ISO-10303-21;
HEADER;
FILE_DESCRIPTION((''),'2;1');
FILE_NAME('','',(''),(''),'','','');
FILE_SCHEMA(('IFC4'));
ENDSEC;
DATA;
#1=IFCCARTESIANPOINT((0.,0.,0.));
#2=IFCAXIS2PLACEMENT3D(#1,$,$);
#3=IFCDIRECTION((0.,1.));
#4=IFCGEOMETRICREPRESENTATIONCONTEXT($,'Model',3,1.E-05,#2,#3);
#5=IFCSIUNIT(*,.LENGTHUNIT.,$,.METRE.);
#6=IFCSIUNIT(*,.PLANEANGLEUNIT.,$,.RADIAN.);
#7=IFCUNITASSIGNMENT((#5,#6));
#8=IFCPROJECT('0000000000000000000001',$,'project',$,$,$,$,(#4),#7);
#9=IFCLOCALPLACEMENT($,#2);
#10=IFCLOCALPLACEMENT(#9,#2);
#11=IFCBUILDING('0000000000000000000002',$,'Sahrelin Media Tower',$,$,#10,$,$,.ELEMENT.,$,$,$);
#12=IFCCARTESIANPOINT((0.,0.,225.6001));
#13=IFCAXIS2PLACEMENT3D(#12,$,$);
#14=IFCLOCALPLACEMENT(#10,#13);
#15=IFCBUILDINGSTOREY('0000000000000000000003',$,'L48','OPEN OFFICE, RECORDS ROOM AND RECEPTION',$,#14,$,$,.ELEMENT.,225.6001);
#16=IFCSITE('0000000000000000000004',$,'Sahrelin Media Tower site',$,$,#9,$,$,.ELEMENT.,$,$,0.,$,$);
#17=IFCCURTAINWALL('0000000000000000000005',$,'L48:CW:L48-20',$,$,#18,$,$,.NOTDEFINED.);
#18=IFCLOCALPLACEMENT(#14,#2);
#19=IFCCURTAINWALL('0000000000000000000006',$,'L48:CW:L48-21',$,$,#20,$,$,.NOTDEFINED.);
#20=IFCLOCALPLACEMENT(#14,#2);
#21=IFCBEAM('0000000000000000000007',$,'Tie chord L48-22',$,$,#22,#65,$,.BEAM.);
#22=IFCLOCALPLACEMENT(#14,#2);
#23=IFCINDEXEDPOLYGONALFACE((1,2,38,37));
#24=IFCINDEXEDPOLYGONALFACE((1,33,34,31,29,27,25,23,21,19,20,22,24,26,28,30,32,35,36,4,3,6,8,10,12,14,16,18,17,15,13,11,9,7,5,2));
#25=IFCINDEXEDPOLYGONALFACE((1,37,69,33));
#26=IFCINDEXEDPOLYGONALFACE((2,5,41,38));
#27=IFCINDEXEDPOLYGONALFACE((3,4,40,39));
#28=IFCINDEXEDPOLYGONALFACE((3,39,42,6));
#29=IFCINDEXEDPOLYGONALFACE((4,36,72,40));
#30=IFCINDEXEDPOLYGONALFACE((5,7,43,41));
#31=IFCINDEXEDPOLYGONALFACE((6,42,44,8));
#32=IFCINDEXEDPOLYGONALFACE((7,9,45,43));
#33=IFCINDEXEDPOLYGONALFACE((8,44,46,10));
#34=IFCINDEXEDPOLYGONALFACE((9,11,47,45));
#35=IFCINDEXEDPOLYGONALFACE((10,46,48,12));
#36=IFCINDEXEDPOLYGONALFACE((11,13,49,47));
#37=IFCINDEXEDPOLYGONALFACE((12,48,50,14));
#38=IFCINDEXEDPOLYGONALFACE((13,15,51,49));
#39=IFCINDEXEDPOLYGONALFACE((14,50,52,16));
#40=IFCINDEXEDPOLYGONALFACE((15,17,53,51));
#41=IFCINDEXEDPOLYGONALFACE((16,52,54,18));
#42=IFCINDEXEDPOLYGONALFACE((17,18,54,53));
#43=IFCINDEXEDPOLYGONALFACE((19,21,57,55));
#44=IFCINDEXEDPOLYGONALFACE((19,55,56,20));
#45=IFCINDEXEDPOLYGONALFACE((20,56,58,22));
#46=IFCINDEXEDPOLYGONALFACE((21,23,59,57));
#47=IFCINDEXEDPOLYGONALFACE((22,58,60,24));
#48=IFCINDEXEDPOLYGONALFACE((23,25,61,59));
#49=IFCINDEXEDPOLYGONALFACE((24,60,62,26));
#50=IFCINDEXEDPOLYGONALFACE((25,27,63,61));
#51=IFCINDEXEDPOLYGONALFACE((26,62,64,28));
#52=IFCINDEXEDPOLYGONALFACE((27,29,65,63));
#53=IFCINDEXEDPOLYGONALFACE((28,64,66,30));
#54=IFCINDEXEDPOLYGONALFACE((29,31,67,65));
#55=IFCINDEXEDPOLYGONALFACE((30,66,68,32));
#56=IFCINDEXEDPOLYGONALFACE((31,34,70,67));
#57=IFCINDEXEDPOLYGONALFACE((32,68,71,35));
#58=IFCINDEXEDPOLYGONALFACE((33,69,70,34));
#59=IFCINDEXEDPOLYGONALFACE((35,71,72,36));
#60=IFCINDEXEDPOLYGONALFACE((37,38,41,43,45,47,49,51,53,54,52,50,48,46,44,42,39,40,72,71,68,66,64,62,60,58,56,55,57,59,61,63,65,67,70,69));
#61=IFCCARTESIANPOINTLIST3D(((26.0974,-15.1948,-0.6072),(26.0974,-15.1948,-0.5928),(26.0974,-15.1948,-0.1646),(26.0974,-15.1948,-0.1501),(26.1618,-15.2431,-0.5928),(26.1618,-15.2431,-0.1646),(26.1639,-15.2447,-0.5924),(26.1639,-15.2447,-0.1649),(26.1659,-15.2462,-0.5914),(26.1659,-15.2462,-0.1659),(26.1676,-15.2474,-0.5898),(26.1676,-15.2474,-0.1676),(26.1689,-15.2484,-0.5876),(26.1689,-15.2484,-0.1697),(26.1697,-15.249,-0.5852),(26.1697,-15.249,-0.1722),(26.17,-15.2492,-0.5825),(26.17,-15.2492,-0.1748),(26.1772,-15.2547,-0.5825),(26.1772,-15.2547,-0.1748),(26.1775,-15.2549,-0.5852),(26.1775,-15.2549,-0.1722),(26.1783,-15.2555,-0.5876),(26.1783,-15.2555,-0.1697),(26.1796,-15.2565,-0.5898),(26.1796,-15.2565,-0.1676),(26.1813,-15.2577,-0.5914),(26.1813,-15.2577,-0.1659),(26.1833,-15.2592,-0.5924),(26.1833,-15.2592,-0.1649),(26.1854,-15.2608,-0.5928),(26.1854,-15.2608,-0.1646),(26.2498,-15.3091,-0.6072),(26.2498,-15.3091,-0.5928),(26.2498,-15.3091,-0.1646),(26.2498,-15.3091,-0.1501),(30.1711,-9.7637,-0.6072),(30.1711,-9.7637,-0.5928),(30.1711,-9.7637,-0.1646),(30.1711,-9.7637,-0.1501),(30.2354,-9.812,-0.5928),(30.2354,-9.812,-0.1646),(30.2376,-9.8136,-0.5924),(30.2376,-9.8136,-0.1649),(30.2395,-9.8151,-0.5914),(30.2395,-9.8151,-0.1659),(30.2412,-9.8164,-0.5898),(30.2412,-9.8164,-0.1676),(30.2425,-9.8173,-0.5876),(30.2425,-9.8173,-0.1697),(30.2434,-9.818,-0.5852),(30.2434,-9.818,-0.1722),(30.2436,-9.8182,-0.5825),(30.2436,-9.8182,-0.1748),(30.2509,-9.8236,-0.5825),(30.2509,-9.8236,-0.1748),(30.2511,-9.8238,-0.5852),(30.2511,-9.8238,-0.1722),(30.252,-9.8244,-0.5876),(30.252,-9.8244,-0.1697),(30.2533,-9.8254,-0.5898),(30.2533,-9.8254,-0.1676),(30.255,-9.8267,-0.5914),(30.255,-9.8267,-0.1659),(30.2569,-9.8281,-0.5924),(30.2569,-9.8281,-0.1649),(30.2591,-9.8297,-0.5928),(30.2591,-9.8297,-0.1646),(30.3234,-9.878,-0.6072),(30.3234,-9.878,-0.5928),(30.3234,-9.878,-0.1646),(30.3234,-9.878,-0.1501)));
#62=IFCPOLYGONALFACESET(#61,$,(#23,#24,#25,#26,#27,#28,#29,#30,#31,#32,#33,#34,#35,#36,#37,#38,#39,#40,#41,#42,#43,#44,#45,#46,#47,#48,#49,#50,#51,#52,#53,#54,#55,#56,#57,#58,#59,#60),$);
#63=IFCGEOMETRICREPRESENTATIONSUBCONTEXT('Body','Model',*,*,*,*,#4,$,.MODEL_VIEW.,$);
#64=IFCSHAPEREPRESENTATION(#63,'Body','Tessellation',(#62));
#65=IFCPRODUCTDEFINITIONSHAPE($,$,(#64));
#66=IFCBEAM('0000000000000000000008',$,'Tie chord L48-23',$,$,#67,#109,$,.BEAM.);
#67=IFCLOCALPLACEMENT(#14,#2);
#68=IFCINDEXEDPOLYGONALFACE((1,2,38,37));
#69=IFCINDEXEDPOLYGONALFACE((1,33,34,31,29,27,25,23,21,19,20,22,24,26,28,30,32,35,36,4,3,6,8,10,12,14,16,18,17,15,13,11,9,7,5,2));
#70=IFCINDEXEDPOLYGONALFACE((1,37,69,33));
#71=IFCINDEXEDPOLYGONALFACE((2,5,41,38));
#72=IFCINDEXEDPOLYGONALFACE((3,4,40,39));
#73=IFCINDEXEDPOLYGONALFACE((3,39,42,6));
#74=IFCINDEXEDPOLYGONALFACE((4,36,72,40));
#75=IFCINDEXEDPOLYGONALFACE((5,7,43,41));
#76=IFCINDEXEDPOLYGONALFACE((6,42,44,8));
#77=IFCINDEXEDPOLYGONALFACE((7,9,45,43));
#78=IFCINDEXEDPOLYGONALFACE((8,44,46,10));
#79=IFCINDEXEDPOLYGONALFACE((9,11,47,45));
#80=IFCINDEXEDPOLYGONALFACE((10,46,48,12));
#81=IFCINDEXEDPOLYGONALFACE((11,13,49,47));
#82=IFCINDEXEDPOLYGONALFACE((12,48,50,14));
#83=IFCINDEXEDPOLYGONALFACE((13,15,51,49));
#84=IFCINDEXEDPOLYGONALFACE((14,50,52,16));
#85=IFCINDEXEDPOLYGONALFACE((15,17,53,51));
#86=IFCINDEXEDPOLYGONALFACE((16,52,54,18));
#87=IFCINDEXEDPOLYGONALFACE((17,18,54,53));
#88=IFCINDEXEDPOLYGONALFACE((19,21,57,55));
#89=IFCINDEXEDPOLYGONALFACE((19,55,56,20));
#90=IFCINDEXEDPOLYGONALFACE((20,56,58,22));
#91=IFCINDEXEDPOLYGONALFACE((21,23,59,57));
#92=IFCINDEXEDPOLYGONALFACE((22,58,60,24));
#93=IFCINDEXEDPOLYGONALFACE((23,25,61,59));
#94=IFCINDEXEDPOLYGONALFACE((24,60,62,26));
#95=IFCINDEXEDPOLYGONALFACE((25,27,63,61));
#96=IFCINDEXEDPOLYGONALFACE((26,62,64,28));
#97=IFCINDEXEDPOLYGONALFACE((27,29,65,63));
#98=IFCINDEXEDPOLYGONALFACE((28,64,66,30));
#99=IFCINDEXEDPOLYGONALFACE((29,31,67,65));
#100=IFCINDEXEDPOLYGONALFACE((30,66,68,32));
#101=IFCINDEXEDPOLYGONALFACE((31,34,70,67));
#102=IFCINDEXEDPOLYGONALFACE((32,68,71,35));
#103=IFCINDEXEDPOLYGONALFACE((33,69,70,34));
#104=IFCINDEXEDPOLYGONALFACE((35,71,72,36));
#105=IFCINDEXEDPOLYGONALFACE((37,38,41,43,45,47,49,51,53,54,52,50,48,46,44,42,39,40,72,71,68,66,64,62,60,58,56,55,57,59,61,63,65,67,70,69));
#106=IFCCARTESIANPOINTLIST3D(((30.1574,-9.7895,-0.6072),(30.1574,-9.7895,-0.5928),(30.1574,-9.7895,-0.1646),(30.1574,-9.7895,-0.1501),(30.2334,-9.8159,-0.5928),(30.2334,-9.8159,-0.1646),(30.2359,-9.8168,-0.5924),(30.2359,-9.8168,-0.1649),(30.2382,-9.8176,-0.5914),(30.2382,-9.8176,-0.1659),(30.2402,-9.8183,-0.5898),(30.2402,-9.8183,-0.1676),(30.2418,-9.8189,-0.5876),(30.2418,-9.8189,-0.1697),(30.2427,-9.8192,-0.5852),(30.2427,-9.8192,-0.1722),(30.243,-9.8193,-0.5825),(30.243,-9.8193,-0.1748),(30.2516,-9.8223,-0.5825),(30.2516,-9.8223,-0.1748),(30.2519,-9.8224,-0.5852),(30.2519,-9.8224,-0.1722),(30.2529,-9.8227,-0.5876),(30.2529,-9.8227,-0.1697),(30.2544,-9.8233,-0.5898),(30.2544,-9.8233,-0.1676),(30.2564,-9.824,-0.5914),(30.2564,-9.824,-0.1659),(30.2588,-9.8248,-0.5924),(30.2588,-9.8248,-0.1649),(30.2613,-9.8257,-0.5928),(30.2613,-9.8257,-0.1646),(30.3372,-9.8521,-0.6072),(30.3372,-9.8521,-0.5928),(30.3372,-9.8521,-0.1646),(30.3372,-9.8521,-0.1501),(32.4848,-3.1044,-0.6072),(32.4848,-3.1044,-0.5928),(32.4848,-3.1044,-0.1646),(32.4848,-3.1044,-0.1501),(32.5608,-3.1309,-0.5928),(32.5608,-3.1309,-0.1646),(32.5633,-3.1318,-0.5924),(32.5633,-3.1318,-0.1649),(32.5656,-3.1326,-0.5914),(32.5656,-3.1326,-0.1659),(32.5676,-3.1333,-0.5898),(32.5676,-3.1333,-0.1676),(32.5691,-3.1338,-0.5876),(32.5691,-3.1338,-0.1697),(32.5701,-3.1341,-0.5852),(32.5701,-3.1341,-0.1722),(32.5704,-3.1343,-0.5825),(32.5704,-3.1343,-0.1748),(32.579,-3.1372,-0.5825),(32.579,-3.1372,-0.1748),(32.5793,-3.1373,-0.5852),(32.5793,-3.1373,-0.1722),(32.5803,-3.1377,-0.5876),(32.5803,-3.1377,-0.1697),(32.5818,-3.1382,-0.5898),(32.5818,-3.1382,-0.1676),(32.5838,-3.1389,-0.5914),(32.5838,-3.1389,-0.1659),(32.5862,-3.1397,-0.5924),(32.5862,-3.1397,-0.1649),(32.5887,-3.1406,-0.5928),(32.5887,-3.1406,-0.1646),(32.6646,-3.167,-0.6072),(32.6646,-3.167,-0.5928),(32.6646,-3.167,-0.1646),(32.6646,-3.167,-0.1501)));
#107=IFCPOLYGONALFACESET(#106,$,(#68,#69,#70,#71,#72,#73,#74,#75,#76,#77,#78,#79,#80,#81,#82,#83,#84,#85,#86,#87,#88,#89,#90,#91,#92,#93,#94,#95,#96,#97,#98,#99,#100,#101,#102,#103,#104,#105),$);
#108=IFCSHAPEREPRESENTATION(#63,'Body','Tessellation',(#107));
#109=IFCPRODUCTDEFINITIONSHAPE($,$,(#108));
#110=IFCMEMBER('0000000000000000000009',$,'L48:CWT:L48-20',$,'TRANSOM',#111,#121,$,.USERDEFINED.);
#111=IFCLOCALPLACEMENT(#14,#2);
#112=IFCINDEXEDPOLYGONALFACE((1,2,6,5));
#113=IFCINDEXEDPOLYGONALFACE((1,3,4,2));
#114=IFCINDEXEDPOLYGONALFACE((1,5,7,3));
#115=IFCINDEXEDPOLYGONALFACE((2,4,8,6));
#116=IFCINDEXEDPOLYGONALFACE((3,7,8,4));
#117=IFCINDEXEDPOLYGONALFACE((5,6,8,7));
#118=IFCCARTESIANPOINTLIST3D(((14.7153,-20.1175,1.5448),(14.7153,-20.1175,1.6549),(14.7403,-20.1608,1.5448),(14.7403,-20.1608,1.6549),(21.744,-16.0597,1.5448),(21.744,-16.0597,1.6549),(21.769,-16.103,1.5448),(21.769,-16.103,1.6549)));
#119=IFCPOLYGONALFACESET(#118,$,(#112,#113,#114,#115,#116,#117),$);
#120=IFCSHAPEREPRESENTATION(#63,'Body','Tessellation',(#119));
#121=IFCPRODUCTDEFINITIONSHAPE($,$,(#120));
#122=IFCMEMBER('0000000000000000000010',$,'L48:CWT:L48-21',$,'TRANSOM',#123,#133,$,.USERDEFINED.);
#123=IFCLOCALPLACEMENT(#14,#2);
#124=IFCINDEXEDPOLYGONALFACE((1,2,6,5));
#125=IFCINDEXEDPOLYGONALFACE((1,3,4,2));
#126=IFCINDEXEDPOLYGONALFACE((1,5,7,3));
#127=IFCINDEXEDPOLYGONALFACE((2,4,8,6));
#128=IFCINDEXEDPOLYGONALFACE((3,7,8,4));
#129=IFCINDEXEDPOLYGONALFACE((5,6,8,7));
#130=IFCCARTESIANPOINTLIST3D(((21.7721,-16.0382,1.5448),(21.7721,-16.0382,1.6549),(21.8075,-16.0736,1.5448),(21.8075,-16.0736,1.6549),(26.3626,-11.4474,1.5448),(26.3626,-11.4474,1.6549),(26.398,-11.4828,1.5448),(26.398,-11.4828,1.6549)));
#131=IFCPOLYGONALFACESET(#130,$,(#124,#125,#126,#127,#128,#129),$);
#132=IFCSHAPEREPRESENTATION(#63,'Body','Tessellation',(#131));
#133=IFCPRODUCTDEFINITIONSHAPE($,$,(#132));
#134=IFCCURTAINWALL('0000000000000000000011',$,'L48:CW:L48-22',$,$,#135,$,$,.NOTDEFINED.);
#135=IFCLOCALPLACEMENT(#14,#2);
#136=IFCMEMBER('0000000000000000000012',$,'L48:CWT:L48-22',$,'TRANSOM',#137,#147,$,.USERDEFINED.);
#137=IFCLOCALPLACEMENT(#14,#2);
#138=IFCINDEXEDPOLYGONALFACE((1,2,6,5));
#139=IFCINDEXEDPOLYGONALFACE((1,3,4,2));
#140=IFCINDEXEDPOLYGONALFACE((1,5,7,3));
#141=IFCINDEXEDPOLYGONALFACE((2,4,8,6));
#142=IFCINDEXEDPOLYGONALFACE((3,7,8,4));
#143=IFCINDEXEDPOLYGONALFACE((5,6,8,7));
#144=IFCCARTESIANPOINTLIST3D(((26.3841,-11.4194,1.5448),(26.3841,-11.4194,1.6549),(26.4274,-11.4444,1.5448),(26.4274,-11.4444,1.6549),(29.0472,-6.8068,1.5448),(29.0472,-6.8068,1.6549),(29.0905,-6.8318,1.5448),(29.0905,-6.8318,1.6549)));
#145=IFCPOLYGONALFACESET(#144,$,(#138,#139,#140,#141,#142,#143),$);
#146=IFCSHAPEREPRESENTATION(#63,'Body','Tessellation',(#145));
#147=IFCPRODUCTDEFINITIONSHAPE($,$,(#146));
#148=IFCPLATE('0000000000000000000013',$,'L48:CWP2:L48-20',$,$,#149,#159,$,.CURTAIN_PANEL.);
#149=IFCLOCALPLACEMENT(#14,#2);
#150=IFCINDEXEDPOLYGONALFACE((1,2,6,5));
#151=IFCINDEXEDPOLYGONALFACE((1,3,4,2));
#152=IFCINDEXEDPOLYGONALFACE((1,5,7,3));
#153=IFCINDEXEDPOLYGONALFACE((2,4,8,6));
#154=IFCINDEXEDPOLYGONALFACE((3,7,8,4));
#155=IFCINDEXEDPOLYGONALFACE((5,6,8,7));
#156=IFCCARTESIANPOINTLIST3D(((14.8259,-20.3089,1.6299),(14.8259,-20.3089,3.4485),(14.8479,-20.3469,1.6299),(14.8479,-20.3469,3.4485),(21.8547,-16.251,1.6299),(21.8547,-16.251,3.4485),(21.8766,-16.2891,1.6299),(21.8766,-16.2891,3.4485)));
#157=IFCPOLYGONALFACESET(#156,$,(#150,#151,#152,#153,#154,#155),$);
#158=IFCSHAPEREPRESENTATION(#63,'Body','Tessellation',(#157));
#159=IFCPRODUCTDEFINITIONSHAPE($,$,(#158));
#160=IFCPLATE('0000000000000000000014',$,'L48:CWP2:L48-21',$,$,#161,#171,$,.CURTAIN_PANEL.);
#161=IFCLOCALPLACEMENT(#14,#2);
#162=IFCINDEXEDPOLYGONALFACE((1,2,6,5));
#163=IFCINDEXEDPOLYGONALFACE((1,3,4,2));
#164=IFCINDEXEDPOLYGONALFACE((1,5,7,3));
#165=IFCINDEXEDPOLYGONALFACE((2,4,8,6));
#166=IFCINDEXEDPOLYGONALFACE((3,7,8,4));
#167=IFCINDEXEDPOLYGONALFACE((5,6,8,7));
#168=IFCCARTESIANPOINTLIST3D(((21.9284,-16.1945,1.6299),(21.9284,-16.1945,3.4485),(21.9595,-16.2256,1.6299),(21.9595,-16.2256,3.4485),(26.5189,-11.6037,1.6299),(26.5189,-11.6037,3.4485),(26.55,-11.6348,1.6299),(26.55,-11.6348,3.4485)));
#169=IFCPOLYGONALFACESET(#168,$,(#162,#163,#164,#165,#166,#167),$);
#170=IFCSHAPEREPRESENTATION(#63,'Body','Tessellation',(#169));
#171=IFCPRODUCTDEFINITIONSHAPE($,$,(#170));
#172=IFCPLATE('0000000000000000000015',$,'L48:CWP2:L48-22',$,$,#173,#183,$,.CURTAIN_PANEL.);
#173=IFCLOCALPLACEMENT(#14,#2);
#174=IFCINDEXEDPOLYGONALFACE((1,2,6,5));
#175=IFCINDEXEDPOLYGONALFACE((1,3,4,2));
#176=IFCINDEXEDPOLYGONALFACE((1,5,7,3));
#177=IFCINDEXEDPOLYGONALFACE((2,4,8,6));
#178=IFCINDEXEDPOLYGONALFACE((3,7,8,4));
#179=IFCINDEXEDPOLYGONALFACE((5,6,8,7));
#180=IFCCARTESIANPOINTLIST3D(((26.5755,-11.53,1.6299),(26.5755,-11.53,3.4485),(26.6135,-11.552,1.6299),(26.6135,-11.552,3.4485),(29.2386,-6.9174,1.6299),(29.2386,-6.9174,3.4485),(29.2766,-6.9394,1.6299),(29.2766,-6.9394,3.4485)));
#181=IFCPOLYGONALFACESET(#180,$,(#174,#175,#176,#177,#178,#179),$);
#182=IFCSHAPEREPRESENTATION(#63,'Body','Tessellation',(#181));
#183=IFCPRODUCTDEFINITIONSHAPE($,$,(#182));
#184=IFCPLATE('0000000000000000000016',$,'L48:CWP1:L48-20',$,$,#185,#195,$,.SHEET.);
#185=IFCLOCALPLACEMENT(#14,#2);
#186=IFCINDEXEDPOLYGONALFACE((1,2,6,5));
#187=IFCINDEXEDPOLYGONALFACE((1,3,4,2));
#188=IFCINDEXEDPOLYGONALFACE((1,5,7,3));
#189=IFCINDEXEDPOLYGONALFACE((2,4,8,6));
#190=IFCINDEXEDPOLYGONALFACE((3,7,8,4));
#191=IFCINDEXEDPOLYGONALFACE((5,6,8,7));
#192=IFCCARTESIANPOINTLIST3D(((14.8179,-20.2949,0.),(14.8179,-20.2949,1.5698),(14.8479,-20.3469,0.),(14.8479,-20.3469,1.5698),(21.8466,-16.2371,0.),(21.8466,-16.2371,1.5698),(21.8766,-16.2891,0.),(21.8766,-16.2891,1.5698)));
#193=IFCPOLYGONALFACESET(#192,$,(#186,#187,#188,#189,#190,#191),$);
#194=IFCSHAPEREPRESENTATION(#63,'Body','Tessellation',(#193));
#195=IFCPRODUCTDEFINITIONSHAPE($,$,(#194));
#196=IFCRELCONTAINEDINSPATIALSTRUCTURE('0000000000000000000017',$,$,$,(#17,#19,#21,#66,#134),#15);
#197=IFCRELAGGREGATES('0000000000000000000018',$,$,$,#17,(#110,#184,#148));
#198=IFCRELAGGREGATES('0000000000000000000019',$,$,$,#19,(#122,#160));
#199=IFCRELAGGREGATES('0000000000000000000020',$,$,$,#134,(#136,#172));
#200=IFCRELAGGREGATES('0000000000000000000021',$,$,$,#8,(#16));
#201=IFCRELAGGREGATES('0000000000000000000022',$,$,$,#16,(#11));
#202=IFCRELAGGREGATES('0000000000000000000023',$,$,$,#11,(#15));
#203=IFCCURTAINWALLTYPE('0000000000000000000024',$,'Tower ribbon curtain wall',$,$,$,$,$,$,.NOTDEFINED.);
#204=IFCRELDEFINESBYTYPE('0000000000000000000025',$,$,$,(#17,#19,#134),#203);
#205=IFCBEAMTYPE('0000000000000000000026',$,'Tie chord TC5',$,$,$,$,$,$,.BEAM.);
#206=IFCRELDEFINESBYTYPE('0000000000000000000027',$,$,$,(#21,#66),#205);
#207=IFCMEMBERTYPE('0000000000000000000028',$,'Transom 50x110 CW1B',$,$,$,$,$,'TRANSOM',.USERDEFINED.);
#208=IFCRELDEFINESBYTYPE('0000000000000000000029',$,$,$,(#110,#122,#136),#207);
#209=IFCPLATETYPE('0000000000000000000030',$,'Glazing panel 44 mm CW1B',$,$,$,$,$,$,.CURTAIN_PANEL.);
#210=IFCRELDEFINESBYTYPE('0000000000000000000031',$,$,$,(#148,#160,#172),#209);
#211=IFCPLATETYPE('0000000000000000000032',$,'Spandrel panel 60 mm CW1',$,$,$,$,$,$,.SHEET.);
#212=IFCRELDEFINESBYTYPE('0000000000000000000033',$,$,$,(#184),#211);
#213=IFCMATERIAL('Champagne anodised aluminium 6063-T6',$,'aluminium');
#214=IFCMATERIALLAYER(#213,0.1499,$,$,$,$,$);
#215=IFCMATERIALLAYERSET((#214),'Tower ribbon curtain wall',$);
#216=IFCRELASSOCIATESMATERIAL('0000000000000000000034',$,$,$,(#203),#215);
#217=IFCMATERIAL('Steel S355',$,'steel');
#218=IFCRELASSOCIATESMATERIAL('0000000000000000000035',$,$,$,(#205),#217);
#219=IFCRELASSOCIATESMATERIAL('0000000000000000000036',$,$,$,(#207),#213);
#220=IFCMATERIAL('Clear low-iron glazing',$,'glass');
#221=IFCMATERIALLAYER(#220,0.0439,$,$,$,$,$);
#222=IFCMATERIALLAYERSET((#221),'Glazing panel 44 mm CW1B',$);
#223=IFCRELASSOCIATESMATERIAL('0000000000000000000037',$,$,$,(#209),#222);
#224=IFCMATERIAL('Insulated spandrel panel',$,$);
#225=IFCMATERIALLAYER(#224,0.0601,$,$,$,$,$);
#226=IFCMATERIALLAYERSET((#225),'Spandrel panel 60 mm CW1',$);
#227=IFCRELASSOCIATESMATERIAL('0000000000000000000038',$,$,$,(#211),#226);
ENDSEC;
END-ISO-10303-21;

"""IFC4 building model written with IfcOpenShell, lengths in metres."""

from ifc_helpers import new_model, si_unit, direction, frame, origin, origin_2d, place, context, subcontext, project, spatial, polyline, rectangle, i_section, outline, extrude, material, layer, layer_set, material_profile, profile_set, type_object, element, aggregate, save


model = new_model("IFC4")

# Units and contexts
model_context = context("Model", 3, precision=1e-05, world=origin(), true_north=direction((0.0, 1.0)))
body_context = subcontext(model_context, "Body", "Model", "MODEL_VIEW")
ifc_project = project(units=[si_unit("LENGTHUNIT", "METRE"), si_unit("PLANEANGLEUNIT", "RADIAN")], contexts=[model_context])

# Site, building, storey
site_placement = place(None, origin())
site = spatial("IfcSite", under=ifc_project, at=site_placement, Name="Sahrelin Media Tower site", CompositionType="ELEMENT", RefElevation=0.0)
building_placement = place(site_placement, origin())
building = spatial("IfcBuilding", under=site, at=building_placement, Name="Sahrelin Media Tower", CompositionType="ELEMENT")
storey_placement = place(building_placement, frame((0.0, 0.0, 225.6001)))
storey = spatial("IfcBuildingStorey", under=building, at=storey_placement, Name="L48", Description="OPEN OFFICE, RECORDS ROOM AND RECEPTION", CompositionType="ELEMENT", Elevation=225.6001)

# Shared definitions
ifc_material_1 = material(Name="Steel S355", Category="steel")

# Curtain walls
ifc_material_2 = material(Name="Champagne anodised aluminium 6063-T6", Category="aluminium")
ifc_layer_1 = layer(ifc_material_2, 0.1499)
ifc_layer_set_1 = layer_set([ifc_layer_1], Name="Tower ribbon curtain wall")
curtain_wall_type = type_object("IfcCurtainWallType", Name="Tower ribbon curtain wall", PredefinedType="NOTDEFINED", material=ifc_layer_set_1)
curtain_wall_1_placement = place(storey_placement, frame((18.3523, -18.3008, 0.0), z_axis=(0.0, 0.0, 1.0), x_axis=(1.0, 0.0, 0.0)))
curtain_wall_1 = element("IfcCurtainWall", 1, at=curtain_wall_1_placement, inside=storey, type_object=curtain_wall_type, Name="L48:CW:L48-20", PredefinedType="NOTDEFINED")
curtain_wall_2_placement = place(storey_placement, frame((24.2405, -13.916, 0.0), z_axis=(0.0, 0.0, 1.0), x_axis=(1.0, 0.0, 0.0)))
curtain_wall_2 = element("IfcCurtainWall", 2, at=curtain_wall_2_placement, inside=storey, type_object=curtain_wall_type, Name="L48:CW:L48-21", PredefinedType="NOTDEFINED")

# Beams
ifc_material_profile_1 = material_profile(ifc_material_1, i_section(OverallWidth=0.1904, OverallDepth=0.457, WebThickness=0.009, FlangeThickness=0.0144, FilletRadius=0.0103, at=origin_2d()), Name="UB 457x191x74")
ifc_profile_set_1 = profile_set([ifc_material_profile_1], Name="Steel S355")
beam_type_1 = type_object("IfcBeamType", Name="Tie chord TC5", PredefinedType="BEAM", material=ifc_profile_set_1)
beam_1_placement = place(storey_placement, frame((26.1736, -15.252, -0.3787), z_axis=(0.600035, 0.799974, 0.0), x_axis=(-0.799974, 0.600035, 0.0)))
element("IfcBeam", 3, at=beam_1_placement, inside=storey, type_object=beam_type_1, Name="Tie chord L48-22", PredefinedType="BEAM", context=body_context, shape_type="SweptSolid", body=[
    extrude(i_section(OverallWidth=0.1904, OverallDepth=0.457, WebThickness=0.009, FlangeThickness=0.0144, FilletRadius=0.0103, at=origin_2d()), origin(), (0.0, 0.0, 1.0), 6.7891),
])
beam_2_placement = place(storey_placement, frame((30.2473, -9.8208, -0.3787), z_axis=(0.328792, 0.944402, 0.0), x_axis=(-0.944402, 0.328792, 0.0)))
element("IfcBeam", 4, at=beam_2_placement, inside=storey, type_object=beam_type_1, Name="Tie chord L48-23", PredefinedType="BEAM", context=body_context, shape_type="SweptSolid", body=[
    extrude(i_section(OverallWidth=0.1904, OverallDepth=0.457, WebThickness=0.009, FlangeThickness=0.0144, FilletRadius=0.0103, at=origin_2d()), origin(), (0.0, 0.0, 1.0), 7.0786),
])

# Members
ifc_material_profile_2 = material_profile(ifc_material_2, rectangle(XDim=0.05, YDim=0.1101, at=origin_2d()), Name="Transom 50x110")
ifc_profile_set_2 = profile_set([ifc_material_profile_2], Name="Champagne anodised aluminium 6063-T6")
member_type_1 = type_object("IfcMemberType", Name="Transom 50x110 CW1B", ElementType="TRANSOM", PredefinedType="USERDEFINED", material=ifc_profile_set_2)
member_1_placement = place(storey_placement, frame((14.7278, -20.1392, 1.5999), z_axis=(0.866037, 0.499979, 0.0), x_axis=(-0.499979, 0.866037, 0.0)))
member_1 = element("IfcMember", 5, at=member_1_placement, type_object=member_type_1, Name="L48:CWT:L48-20", ObjectType="TRANSOM", PredefinedType="USERDEFINED", context=body_context, shape_type="SweptSolid", body=[
    extrude(rectangle(XDim=0.05, YDim=0.1101, at=origin_2d()), origin(), (0.0, 0.0, 1.0), 8.116),
])
member_2_placement = place(storey_placement, frame((21.7898, -16.0559, 1.5999), z_axis=(0.707088, 0.707126, 0.0), x_axis=(-0.707126, 0.707088, 0.0)))
member_2 = element("IfcMember", 6, at=member_2_placement, type_object=member_type_1, Name="L48:CWT:L48-21", ObjectType="TRANSOM", PredefinedType="USERDEFINED", context=body_context, shape_type="SweptSolid", body=[
    extrude(rectangle(XDim=0.05, YDim=0.1101, at=origin_2d()), origin(), (0.0, 0.0, 1.0), 6.4922),
])

# Curtain wall, member
curtain_wall_3_placement = place(storey_placement, frame((27.9277, -9.2356, 0.0), z_axis=(0.0, 0.0, 1.0), x_axis=(1.0, 0.0, 0.0)))
curtain_wall_3 = element("IfcCurtainWall", 7, at=curtain_wall_3_placement, inside=storey, type_object=curtain_wall_type, Name="L48:CW:L48-22", PredefinedType="NOTDEFINED")
member_3_placement = place(storey_placement, frame((26.4058, -11.4319, 1.5999), z_axis=(0.500004, 0.866023, 0.0), x_axis=(-0.866023, 0.500004, 0.0)))
member_3 = element("IfcMember", 8, at=member_3_placement, type_object=member_type_1, Name="L48:CWT:L48-22", ObjectType="TRANSOM", PredefinedType="USERDEFINED", context=body_context, shape_type="SweptSolid", body=[
    extrude(rectangle(XDim=0.05, YDim=0.1101, at=origin_2d()), origin(), (0.0, 0.0, 1.0), 5.3262),
])

# Plates
ifc_material_3 = material(Name="Clear low-iron glazing", Category="glass")
ifc_layer_2 = layer(ifc_material_3, 0.0439)
ifc_layer_set_2 = layer_set([ifc_layer_2], Name="Glazing panel 44 mm CW1B")
plate_type_1 = type_object("IfcPlateType", Name="Glazing panel 44 mm CW1B", PredefinedType="CURTAIN_PANEL", material=ifc_layer_set_2)
plate_1_placement = place(storey_placement, frame((14.8479, -20.3469, 1.6299), z_axis=(0.499979, -0.866037, 0.0), x_axis=(0.866037, 0.499979, 0.0)))
plate_1 = element("IfcPlate", 9, at=plate_1_placement, type_object=plate_type_1, Name="L48:CWP2:L48-20", PredefinedType="CURTAIN_PANEL", context=body_context, shape_type="SweptSolid", body=[
    extrude(outline(polyline([(0.0, 0.0), (8.116, 0.0), (8.116, 1.8186), (0.0, 1.8186), (0.0, 0.0)])), origin(), (0.0, 0.0, -1.0), 0.0439),
])
plate_2_placement = place(storey_placement, frame((21.9595, -16.2256, 1.6299), z_axis=(0.707126, -0.707088, 0.0), x_axis=(0.707088, 0.707126, 0.0)))
plate_2 = element("IfcPlate", 10, at=plate_2_placement, type_object=plate_type_1, Name="L48:CWP2:L48-21", PredefinedType="CURTAIN_PANEL", context=body_context, shape_type="SweptSolid", body=[
    extrude(outline(polyline([(0.0, 0.0), (6.4922, 0.0), (6.4922, 1.8186), (0.0, 1.8186), (0.0, 0.0)])), origin(), (0.0, 0.0, -1.0), 0.0439),
])
plate_3_placement = place(storey_placement, frame((26.6135, -11.552, 1.6299), z_axis=(0.866023, -0.500004, 0.0), x_axis=(0.500004, 0.866023, 0.0)))
plate_3 = element("IfcPlate", 11, at=plate_3_placement, type_object=plate_type_1, Name="L48:CWP2:L48-22", PredefinedType="CURTAIN_PANEL", context=body_context, shape_type="SweptSolid", body=[
    extrude(outline(polyline([(0.0, 0.0), (5.3262, 0.0), (5.3262, 1.8186), (0.0, 1.8186), (0.0, 0.0)])), origin(), (0.0, 0.0, -1.0), 0.0439),
])
ifc_material_4 = material(Name="Insulated spandrel panel")
ifc_layer_3 = layer(ifc_material_4, 0.0601)
ifc_layer_set_3 = layer_set([ifc_layer_3], Name="Spandrel panel 60 mm CW1")
plate_type_2 = type_object("IfcPlateType", Name="Spandrel panel 60 mm CW1", PredefinedType="SHEET", material=ifc_layer_set_3)
plate_4_placement = place(storey_placement, frame((14.8479, -20.3469, 0.0), z_axis=(0.499979, -0.866037, 0.0), x_axis=(0.866037, 0.499979, 0.0)))
plate_4 = element("IfcPlate", 12, at=plate_4_placement, type_object=plate_type_2, Name="L48:CWP1:L48-20", PredefinedType="SHEET", context=body_context, shape_type="SweptSolid", body=[
    extrude(outline(polyline([(0.0, 0.0), (8.116, 0.0), (8.116, 1.5698), (0.0, 1.5698), (0.0, 0.0)])), origin(), (0.0, 0.0, -1.0), 0.0601),
])
aggregate(curtain_wall_1, [member_1, plate_4, plate_1])
aggregate(curtain_wall_2, [member_2, plate_2])
aggregate(curtain_wall_3, [member_3, plate_3])

save(model, "model.ifc")
